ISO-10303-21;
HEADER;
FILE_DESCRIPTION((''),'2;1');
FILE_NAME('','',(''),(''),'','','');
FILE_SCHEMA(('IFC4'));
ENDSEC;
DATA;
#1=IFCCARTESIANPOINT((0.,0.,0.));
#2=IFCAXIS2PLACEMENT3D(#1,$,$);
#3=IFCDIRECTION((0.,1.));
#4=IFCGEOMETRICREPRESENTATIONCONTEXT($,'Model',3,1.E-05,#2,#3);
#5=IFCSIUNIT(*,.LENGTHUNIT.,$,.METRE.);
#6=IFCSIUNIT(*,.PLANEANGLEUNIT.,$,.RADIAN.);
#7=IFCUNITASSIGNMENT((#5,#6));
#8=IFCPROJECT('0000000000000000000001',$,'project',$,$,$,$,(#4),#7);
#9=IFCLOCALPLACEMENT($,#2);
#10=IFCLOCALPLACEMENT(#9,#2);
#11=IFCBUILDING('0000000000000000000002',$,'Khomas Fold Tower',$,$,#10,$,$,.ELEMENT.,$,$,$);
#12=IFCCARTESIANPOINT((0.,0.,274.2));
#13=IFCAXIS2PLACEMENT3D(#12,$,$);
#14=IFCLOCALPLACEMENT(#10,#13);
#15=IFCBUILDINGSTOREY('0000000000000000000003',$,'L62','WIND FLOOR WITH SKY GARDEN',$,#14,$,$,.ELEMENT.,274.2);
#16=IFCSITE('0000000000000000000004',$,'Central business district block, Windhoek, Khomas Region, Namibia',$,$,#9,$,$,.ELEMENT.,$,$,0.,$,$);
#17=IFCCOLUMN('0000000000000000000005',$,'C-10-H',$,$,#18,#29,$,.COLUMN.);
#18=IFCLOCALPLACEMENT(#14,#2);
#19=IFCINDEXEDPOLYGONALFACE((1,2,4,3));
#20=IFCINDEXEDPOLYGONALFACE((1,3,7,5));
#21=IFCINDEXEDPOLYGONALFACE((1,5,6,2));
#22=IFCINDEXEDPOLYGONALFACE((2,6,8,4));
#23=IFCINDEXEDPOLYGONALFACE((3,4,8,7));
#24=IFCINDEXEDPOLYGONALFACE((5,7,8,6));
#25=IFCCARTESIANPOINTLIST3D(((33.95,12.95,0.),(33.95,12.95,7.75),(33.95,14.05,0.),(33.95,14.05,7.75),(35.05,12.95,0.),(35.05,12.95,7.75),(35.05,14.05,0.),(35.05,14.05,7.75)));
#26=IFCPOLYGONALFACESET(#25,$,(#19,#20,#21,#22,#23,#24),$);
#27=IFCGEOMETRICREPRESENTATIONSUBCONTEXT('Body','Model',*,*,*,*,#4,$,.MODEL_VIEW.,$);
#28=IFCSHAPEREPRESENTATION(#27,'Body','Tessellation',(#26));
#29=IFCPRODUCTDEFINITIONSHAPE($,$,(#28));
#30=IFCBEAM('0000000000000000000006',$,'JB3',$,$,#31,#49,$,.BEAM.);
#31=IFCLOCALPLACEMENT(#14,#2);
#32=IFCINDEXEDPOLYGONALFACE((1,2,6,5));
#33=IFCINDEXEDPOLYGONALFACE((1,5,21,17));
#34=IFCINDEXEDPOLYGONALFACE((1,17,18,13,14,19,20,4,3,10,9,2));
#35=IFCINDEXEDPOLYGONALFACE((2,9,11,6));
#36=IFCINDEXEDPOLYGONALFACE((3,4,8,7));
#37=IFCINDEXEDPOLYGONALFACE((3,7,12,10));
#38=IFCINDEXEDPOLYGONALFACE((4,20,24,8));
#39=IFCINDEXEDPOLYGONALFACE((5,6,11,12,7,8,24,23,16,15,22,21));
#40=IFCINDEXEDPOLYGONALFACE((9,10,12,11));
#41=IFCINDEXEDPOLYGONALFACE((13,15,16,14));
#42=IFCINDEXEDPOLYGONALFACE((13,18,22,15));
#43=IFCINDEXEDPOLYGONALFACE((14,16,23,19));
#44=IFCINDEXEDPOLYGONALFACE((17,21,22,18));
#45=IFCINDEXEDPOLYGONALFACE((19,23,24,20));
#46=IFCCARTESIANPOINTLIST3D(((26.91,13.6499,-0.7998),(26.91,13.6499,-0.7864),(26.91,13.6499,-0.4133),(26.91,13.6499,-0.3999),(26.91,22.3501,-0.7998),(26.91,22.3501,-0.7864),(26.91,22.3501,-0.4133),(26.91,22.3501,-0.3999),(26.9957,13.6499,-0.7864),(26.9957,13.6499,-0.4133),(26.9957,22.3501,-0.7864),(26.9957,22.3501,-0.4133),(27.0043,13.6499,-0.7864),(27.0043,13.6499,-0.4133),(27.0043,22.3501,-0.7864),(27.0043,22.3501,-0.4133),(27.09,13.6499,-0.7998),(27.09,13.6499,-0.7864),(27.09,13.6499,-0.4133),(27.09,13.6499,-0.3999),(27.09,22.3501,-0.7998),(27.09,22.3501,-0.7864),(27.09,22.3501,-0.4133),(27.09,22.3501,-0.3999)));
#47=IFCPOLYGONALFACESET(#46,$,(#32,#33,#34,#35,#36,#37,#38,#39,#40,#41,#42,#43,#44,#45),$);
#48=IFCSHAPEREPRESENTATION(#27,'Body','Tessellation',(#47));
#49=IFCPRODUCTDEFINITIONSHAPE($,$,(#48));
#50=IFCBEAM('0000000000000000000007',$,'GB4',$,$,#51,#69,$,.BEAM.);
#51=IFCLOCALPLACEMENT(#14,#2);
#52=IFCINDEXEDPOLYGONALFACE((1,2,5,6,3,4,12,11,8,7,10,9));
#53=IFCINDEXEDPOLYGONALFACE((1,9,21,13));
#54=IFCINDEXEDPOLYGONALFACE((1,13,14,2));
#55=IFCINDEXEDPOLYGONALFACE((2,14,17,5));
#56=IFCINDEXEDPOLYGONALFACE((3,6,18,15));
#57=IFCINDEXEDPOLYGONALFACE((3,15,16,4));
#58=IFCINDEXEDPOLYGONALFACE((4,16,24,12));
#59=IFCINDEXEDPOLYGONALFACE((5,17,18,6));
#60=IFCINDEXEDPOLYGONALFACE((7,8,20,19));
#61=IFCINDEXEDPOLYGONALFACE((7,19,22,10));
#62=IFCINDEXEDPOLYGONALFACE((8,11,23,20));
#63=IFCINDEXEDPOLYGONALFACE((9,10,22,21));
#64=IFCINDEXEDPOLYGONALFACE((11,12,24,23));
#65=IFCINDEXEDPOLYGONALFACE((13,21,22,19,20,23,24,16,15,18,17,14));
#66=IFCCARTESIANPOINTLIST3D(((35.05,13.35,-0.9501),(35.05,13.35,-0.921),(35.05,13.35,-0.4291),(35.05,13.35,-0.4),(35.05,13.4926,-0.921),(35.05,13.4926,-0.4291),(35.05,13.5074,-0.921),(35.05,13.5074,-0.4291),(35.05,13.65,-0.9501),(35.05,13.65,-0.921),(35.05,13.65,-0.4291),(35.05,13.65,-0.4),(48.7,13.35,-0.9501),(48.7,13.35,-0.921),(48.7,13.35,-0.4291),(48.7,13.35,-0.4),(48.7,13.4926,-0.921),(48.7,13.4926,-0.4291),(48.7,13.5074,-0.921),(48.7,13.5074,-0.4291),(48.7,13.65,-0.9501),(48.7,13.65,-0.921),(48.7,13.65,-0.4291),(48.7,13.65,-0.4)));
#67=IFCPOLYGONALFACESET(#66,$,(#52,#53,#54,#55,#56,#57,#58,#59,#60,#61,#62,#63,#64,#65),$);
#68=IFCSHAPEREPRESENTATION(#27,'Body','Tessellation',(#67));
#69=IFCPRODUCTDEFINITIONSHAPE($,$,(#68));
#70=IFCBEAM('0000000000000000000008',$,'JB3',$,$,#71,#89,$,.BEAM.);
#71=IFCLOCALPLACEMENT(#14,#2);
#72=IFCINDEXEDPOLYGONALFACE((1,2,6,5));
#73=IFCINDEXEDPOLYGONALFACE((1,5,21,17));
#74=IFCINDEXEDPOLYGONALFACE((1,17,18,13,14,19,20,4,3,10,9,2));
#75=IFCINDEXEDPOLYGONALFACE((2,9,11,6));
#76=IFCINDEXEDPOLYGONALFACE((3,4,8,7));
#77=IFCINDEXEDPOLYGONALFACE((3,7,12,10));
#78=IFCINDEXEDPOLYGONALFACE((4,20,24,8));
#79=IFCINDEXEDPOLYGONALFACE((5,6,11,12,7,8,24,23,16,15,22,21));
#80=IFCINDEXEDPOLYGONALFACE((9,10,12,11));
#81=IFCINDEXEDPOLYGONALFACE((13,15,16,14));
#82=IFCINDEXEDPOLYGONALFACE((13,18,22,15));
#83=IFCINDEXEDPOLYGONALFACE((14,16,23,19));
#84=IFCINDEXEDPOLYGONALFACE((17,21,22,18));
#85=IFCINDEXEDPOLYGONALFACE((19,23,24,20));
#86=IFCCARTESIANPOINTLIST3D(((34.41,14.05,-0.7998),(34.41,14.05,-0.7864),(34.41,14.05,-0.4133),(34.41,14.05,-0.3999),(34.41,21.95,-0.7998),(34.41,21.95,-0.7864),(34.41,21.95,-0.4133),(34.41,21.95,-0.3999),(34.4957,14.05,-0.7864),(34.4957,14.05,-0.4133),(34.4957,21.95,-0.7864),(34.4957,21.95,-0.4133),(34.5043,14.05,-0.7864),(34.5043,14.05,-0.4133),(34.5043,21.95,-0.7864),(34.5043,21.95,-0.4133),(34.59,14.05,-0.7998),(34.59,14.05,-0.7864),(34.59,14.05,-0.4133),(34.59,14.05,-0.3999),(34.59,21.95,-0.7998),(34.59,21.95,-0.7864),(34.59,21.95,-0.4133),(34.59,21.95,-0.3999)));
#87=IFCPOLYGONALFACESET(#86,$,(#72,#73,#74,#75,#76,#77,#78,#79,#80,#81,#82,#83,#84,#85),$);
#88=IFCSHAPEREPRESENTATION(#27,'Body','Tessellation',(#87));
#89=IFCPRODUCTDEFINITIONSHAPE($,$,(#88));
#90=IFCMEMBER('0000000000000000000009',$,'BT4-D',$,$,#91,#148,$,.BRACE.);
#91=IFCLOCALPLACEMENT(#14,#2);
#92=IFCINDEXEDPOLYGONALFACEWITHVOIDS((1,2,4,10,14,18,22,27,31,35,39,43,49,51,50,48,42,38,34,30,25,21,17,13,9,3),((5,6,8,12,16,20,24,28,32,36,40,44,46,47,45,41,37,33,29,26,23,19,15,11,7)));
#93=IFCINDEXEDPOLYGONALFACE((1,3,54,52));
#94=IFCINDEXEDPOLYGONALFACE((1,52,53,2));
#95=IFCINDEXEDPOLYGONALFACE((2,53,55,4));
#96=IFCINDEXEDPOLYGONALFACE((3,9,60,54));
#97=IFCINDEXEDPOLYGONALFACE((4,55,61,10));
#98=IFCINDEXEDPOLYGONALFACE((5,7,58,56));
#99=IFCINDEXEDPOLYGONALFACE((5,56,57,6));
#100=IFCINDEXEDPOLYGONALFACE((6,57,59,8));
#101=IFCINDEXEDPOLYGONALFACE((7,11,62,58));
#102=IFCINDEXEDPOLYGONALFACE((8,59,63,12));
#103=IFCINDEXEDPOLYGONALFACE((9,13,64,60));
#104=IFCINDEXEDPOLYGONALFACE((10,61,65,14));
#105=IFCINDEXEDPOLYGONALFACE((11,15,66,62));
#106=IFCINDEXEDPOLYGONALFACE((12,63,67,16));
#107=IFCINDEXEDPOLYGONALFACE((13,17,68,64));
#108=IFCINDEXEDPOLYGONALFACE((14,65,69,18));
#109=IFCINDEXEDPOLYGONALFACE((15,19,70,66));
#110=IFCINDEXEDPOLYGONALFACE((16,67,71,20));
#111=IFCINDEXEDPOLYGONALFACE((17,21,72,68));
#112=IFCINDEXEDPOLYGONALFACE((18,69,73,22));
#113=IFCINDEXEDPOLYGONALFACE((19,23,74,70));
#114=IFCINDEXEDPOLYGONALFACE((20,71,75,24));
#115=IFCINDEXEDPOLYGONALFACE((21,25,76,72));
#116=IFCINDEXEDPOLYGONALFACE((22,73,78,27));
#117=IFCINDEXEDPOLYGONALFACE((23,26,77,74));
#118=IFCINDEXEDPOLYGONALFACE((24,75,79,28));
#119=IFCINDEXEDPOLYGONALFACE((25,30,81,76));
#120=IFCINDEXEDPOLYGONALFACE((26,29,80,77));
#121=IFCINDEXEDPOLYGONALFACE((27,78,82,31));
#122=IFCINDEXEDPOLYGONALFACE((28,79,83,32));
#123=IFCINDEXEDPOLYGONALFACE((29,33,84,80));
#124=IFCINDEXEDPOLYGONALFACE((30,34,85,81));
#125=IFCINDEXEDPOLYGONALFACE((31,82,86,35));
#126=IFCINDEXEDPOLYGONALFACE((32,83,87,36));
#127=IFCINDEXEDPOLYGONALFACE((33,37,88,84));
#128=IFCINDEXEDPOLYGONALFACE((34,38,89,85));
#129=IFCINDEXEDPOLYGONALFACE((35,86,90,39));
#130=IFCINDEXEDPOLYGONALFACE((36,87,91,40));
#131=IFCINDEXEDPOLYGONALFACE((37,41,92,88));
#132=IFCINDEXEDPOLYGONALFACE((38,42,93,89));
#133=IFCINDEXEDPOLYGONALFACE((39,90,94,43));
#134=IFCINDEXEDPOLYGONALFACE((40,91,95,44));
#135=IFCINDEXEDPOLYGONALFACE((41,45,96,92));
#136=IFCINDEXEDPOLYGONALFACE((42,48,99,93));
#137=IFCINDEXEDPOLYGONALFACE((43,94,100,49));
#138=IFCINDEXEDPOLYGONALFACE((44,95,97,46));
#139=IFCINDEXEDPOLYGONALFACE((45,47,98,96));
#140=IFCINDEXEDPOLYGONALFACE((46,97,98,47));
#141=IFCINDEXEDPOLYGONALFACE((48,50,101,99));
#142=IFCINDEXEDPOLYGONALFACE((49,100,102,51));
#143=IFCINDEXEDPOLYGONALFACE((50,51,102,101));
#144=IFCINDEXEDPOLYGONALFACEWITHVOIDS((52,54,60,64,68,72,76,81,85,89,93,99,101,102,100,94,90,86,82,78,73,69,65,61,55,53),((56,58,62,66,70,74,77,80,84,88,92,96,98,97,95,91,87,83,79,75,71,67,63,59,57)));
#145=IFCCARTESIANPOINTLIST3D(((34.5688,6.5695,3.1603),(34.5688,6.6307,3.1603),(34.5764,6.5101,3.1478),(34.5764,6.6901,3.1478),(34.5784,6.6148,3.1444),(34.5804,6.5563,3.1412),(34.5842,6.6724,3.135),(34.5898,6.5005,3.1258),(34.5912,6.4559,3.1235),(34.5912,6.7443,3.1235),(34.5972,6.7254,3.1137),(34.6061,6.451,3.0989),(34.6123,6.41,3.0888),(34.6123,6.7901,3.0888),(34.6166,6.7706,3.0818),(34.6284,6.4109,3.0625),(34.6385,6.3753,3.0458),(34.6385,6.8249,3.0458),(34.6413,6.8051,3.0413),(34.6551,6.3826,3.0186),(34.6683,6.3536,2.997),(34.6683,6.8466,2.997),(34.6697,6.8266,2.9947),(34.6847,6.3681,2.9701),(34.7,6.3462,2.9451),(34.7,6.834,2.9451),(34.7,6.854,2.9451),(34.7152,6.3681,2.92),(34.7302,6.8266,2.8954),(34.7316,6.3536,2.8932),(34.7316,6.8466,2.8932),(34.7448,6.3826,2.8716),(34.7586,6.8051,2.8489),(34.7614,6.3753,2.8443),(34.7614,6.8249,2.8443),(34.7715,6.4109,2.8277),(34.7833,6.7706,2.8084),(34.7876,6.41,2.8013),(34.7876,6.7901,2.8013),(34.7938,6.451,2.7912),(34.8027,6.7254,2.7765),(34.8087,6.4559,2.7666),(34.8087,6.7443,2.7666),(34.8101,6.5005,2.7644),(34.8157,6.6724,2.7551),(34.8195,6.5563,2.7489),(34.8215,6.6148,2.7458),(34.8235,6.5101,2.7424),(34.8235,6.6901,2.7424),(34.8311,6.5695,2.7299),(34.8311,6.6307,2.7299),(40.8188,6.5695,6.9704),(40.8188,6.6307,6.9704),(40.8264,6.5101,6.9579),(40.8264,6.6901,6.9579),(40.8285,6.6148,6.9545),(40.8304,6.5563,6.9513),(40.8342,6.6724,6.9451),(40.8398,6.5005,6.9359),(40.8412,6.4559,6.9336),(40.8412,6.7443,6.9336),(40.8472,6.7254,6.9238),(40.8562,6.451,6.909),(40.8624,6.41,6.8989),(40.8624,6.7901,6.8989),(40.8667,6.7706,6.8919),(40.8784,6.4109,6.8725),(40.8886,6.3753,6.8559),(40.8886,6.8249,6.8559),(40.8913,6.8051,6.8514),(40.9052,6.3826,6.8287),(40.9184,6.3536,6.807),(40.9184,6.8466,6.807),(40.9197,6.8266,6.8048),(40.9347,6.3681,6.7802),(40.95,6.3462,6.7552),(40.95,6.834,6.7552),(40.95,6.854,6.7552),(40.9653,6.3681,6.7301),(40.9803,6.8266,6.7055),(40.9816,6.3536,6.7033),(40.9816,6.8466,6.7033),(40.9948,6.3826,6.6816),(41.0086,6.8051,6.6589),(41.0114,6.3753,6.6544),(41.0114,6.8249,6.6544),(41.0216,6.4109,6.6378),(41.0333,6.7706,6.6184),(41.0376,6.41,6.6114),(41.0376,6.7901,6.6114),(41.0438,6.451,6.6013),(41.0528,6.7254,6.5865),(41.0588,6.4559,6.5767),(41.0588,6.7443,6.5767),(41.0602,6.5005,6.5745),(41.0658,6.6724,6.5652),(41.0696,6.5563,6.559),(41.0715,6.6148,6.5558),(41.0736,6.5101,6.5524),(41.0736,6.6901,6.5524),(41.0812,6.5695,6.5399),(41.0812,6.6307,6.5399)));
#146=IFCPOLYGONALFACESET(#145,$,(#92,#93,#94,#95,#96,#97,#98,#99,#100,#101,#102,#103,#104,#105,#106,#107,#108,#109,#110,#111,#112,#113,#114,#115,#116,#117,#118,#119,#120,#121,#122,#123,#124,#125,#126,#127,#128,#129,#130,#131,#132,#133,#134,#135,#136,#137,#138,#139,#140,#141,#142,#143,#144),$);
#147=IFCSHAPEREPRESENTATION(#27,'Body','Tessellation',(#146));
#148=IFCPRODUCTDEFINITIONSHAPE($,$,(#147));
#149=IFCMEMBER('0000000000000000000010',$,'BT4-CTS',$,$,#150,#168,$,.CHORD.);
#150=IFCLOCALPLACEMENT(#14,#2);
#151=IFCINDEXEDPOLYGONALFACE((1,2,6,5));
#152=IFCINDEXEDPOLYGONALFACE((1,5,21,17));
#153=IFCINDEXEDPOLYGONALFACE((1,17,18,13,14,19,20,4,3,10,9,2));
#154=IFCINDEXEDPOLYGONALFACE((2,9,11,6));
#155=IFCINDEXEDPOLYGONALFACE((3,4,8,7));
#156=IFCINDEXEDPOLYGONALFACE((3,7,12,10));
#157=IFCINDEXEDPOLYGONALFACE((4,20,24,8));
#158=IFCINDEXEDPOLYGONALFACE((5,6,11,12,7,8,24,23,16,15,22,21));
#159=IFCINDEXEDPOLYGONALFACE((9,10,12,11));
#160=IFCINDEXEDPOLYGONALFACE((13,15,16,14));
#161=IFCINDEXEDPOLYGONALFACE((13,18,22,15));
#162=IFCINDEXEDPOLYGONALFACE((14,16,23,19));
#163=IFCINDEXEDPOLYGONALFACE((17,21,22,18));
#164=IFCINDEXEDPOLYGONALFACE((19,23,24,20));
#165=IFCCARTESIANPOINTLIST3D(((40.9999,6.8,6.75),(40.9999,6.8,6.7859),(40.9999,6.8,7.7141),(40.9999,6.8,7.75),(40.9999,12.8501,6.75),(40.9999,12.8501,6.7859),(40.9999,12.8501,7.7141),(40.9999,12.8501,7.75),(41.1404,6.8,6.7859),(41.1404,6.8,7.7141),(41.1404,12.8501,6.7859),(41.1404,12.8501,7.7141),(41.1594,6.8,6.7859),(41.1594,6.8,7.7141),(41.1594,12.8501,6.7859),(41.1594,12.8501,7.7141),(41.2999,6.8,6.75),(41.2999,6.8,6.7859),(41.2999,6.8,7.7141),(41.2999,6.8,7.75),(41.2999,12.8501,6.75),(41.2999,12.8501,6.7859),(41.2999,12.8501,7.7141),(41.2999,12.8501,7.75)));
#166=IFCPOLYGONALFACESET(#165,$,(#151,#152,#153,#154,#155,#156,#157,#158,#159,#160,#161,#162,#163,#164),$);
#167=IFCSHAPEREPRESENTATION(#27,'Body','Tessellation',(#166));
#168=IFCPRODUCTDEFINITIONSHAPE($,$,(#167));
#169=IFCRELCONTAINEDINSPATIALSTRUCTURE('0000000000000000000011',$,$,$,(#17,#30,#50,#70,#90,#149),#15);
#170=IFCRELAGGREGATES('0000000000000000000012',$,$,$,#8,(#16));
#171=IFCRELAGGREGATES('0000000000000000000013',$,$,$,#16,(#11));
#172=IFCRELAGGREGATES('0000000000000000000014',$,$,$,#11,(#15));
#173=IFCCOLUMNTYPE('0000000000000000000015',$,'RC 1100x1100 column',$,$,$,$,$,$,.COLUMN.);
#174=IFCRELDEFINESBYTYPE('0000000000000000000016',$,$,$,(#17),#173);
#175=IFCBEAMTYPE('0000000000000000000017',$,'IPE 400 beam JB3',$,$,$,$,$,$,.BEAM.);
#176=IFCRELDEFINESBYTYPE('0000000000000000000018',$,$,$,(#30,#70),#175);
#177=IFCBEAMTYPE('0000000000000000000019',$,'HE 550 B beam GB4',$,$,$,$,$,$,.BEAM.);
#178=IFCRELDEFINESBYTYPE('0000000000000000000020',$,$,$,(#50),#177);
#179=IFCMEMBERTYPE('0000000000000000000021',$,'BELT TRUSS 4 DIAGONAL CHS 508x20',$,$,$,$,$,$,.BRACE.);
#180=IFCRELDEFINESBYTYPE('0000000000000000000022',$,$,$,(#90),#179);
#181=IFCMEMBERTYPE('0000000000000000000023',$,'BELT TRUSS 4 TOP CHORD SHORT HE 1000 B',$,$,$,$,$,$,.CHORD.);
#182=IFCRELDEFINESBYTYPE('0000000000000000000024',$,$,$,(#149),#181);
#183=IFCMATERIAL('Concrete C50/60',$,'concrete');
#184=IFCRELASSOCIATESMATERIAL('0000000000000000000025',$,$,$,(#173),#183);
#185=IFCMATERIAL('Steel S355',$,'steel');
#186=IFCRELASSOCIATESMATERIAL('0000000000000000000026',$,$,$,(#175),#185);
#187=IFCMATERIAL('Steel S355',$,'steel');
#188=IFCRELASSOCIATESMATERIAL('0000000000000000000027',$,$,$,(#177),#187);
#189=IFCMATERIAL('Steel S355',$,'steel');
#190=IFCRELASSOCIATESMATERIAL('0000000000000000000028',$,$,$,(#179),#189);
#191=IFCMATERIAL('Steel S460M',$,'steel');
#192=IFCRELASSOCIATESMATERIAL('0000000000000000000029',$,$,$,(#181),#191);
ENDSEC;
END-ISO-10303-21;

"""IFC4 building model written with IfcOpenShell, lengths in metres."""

from ifc_helpers import new_model, si_unit, direction, frame, origin, origin_2d, place, context, subcontext, project, spatial, rectangle, hollow_circle, i_section, extrude, source, transform, mapped, material, material_profile, profile_set, type_object, element, save


model = new_model("IFC4")

# Units and contexts
model_context = context("Model", 3, precision=1e-05, world=origin(), true_north=direction((0.0, 1.0)))
body_context = subcontext(model_context, "Body", "Model", "MODEL_VIEW")
ifc_project = project(units=[si_unit("LENGTHUNIT", "METRE"), si_unit("PLANEANGLEUNIT", "RADIAN")], contexts=[model_context])

# Site, building, storey
site_placement = place(None, origin())
site = spatial("IfcSite", under=ifc_project, at=site_placement, Name="Central business district block, Windhoek, Khomas Region, Namibia", CompositionType="ELEMENT", RefElevation=0.0)
building_placement = place(site_placement, origin())
building = spatial("IfcBuilding", under=site, at=building_placement, Name="Khomas Fold Tower", CompositionType="ELEMENT")
storey_placement = place(building_placement, frame((0.0, 0.0, 274.2)))
storey = spatial("IfcBuildingStorey", under=building, at=storey_placement, Name="L62", Description="WIND FLOOR WITH SKY GARDEN", CompositionType="ELEMENT", Elevation=274.2)

# Column
ifc_material_1 = material(Name="Concrete C50/60", Category="concrete")
ifc_material_profile_1 = material_profile(ifc_material_1, rectangle(XDim=1.1001, YDim=1.1001, at=origin_2d()), Name="RC 1100x1100")
ifc_profile_set_1 = profile_set([ifc_material_profile_1], Name="Concrete C50/60")
column_type = type_object("IfcColumnType", Name="RC 1100x1100 column", PredefinedType="COLUMN", material=ifc_profile_set_1)
shared_shape_1 = source(origin(), body_context, "Body", "SweptSolid", [
    extrude(rectangle(XDim=1.1001, YDim=1.1001, at=origin_2d()), origin(), (0.0, 0.0, 1.0), 7.75),
])
column_placement = place(storey_placement, frame((34.5, 13.5, 0.0), z_axis=(0.0, 0.0, 1.0), x_axis=(1.0, 0.0, 0.0)))
element("IfcColumn", 1, at=column_placement, inside=storey, type_object=column_type, Name="C-10-H", PredefinedType="COLUMN", context=body_context, shape_type="MappedRepresentation", body=[
    mapped(shared_shape_1, transform((0.0, 0.0, 0.0))),
])

# Beams
ifc_material_2 = material(Name="Steel S355", Category="steel")
ifc_material_profile_2 = material_profile(ifc_material_2, i_section(OverallWidth=0.1799, OverallDepth=0.3999, WebThickness=0.0085, FlangeThickness=0.0134, at=origin_2d()), Name="IPE 400")
ifc_profile_set_2 = profile_set([ifc_material_profile_2], Name="Steel S355")
beam_type_1 = type_object("IfcBeamType", Name="IPE 400 beam JB3", PredefinedType="BEAM", material=ifc_profile_set_2)
shared_shape_2 = source(origin(), body_context, "Body", "SweptSolid", [
    extrude(i_section(OverallWidth=0.1799, OverallDepth=0.3999, WebThickness=0.0085, FlangeThickness=0.0134, at=origin_2d()), origin(), (0.0, 0.0, 1.0), 8.7002),
])
beam_1_placement = place(storey_placement, frame((27.0, 13.6499, -0.5999), z_axis=(0.0, 1.0, 0.0), x_axis=(-1.0, 0.0, 0.0)))
element("IfcBeam", 2, at=beam_1_placement, inside=storey, type_object=beam_type_1, Name="JB3", PredefinedType="BEAM", context=body_context, shape_type="MappedRepresentation", body=[
    mapped(shared_shape_2, transform((0.0, 0.0, 0.0))),
])
ifc_material_3 = material(Name="Steel S355", Category="steel")
ifc_material_profile_3 = material_profile(ifc_material_3, i_section(OverallWidth=0.3, OverallDepth=0.55, WebThickness=0.0149, FlangeThickness=0.0291, at=origin_2d()), Name="HE 550 B")
ifc_profile_set_3 = profile_set([ifc_material_profile_3], Name="Steel S355")
beam_type_2 = type_object("IfcBeamType", Name="HE 550 B beam GB4", PredefinedType="BEAM", material=ifc_profile_set_3)
shared_shape_3 = source(origin(), body_context, "Body", "SweptSolid", [
    extrude(i_section(OverallWidth=0.3, OverallDepth=0.55, WebThickness=0.0149, FlangeThickness=0.0291, at=origin_2d()), origin(), (0.0, 0.0, 1.0), 13.6499),
])
beam_2_placement = place(storey_placement, frame((35.05, 13.5, -0.675), z_axis=(1.0, 0.0, 0.0), x_axis=(0.0, 1.0, 0.0)))
element("IfcBeam", 3, at=beam_2_placement, inside=storey, type_object=beam_type_2, Name="GB4", PredefinedType="BEAM", context=body_context, shape_type="MappedRepresentation", body=[
    mapped(shared_shape_3, transform((0.0, 0.0, 0.0))),
])
shared_shape_4 = source(origin(), body_context, "Body", "SweptSolid", [
    extrude(i_section(OverallWidth=0.1799, OverallDepth=0.3999, WebThickness=0.0085, FlangeThickness=0.0134, at=origin_2d()), origin(), (0.0, 0.0, 1.0), 7.8999),
])
beam_3_placement = place(storey_placement, frame((34.5, 14.05, -0.5999), z_axis=(0.0, 1.0, 0.0), x_axis=(-1.0, 0.0, 0.0)))
element("IfcBeam", 4, at=beam_3_placement, inside=storey, type_object=beam_type_1, Name="JB3", PredefinedType="BEAM", context=body_context, shape_type="MappedRepresentation", body=[
    mapped(shared_shape_4, transform((0.0, 0.0, 0.0))),
])

# Members
ifc_material_4 = material(Name="Steel S355", Category="steel")
ifc_material_profile_4 = material_profile(ifc_material_4, hollow_circle(Radius=0.2539, WallThickness=0.02, at=origin_2d()), Name="CHS 508x20")
ifc_profile_set_4 = profile_set([ifc_material_profile_4], Name="Steel S355")
member_type_1 = type_object("IfcMemberType", Name="BELT TRUSS 4 DIAGONAL CHS 508x20", PredefinedType="BRACE", material=ifc_profile_set_4)
shared_shape_5 = source(origin(), body_context, "Body", "SweptSolid", [
    extrude(hollow_circle(Radius=0.2539, WallThickness=0.02, at=origin_2d()), origin(), (0.0, 0.0, 1.0), 7.3198),
])
member_1_placement = place(storey_placement, frame((34.7, 6.6001, 2.9451), z_axis=(0.853852, 0.0, 0.520516), x_axis=(0.0, 1.0, 0.0)))
element("IfcMember", 5, at=member_1_placement, inside=storey, type_object=member_type_1, Name="BT4-D", PredefinedType="BRACE", context=body_context, shape_type="MappedRepresentation", body=[
    mapped(shared_shape_5, transform((0.0, 0.0, 0.0))),
])
ifc_material_5 = material(Name="Steel S460M", Category="steel")
ifc_material_profile_5 = material_profile(ifc_material_5, i_section(OverallWidth=0.3, OverallDepth=1.0, WebThickness=0.019, FlangeThickness=0.0359, at=origin_2d()), Name="HE 1000 B")
ifc_profile_set_5 = profile_set([ifc_material_profile_5], Name="Steel S460M")
member_type_2 = type_object("IfcMemberType", Name="BELT TRUSS 4 TOP CHORD SHORT HE 1000 B", PredefinedType="CHORD", material=ifc_profile_set_5)
shared_shape_6 = source(origin(), body_context, "Body", "SweptSolid", [
    extrude(i_section(OverallWidth=0.3, OverallDepth=1.0, WebThickness=0.019, FlangeThickness=0.0359, at=origin_2d()), origin(), (0.0, 0.0, 1.0), 6.05),
])
member_2_placement = place(storey_placement, frame((41.1499, 6.8, 7.25), z_axis=(0.0, 1.0, 0.0), x_axis=(-1.0, 0.0, 0.0)))
element("IfcMember", 6, at=member_2_placement, inside=storey, type_object=member_type_2, Name="BT4-CTS", PredefinedType="CHORD", context=body_context, shape_type="MappedRepresentation", body=[
    mapped(shared_shape_6, transform((0.0, 0.0, 0.0))),
])

save(model, "model.ifc")
